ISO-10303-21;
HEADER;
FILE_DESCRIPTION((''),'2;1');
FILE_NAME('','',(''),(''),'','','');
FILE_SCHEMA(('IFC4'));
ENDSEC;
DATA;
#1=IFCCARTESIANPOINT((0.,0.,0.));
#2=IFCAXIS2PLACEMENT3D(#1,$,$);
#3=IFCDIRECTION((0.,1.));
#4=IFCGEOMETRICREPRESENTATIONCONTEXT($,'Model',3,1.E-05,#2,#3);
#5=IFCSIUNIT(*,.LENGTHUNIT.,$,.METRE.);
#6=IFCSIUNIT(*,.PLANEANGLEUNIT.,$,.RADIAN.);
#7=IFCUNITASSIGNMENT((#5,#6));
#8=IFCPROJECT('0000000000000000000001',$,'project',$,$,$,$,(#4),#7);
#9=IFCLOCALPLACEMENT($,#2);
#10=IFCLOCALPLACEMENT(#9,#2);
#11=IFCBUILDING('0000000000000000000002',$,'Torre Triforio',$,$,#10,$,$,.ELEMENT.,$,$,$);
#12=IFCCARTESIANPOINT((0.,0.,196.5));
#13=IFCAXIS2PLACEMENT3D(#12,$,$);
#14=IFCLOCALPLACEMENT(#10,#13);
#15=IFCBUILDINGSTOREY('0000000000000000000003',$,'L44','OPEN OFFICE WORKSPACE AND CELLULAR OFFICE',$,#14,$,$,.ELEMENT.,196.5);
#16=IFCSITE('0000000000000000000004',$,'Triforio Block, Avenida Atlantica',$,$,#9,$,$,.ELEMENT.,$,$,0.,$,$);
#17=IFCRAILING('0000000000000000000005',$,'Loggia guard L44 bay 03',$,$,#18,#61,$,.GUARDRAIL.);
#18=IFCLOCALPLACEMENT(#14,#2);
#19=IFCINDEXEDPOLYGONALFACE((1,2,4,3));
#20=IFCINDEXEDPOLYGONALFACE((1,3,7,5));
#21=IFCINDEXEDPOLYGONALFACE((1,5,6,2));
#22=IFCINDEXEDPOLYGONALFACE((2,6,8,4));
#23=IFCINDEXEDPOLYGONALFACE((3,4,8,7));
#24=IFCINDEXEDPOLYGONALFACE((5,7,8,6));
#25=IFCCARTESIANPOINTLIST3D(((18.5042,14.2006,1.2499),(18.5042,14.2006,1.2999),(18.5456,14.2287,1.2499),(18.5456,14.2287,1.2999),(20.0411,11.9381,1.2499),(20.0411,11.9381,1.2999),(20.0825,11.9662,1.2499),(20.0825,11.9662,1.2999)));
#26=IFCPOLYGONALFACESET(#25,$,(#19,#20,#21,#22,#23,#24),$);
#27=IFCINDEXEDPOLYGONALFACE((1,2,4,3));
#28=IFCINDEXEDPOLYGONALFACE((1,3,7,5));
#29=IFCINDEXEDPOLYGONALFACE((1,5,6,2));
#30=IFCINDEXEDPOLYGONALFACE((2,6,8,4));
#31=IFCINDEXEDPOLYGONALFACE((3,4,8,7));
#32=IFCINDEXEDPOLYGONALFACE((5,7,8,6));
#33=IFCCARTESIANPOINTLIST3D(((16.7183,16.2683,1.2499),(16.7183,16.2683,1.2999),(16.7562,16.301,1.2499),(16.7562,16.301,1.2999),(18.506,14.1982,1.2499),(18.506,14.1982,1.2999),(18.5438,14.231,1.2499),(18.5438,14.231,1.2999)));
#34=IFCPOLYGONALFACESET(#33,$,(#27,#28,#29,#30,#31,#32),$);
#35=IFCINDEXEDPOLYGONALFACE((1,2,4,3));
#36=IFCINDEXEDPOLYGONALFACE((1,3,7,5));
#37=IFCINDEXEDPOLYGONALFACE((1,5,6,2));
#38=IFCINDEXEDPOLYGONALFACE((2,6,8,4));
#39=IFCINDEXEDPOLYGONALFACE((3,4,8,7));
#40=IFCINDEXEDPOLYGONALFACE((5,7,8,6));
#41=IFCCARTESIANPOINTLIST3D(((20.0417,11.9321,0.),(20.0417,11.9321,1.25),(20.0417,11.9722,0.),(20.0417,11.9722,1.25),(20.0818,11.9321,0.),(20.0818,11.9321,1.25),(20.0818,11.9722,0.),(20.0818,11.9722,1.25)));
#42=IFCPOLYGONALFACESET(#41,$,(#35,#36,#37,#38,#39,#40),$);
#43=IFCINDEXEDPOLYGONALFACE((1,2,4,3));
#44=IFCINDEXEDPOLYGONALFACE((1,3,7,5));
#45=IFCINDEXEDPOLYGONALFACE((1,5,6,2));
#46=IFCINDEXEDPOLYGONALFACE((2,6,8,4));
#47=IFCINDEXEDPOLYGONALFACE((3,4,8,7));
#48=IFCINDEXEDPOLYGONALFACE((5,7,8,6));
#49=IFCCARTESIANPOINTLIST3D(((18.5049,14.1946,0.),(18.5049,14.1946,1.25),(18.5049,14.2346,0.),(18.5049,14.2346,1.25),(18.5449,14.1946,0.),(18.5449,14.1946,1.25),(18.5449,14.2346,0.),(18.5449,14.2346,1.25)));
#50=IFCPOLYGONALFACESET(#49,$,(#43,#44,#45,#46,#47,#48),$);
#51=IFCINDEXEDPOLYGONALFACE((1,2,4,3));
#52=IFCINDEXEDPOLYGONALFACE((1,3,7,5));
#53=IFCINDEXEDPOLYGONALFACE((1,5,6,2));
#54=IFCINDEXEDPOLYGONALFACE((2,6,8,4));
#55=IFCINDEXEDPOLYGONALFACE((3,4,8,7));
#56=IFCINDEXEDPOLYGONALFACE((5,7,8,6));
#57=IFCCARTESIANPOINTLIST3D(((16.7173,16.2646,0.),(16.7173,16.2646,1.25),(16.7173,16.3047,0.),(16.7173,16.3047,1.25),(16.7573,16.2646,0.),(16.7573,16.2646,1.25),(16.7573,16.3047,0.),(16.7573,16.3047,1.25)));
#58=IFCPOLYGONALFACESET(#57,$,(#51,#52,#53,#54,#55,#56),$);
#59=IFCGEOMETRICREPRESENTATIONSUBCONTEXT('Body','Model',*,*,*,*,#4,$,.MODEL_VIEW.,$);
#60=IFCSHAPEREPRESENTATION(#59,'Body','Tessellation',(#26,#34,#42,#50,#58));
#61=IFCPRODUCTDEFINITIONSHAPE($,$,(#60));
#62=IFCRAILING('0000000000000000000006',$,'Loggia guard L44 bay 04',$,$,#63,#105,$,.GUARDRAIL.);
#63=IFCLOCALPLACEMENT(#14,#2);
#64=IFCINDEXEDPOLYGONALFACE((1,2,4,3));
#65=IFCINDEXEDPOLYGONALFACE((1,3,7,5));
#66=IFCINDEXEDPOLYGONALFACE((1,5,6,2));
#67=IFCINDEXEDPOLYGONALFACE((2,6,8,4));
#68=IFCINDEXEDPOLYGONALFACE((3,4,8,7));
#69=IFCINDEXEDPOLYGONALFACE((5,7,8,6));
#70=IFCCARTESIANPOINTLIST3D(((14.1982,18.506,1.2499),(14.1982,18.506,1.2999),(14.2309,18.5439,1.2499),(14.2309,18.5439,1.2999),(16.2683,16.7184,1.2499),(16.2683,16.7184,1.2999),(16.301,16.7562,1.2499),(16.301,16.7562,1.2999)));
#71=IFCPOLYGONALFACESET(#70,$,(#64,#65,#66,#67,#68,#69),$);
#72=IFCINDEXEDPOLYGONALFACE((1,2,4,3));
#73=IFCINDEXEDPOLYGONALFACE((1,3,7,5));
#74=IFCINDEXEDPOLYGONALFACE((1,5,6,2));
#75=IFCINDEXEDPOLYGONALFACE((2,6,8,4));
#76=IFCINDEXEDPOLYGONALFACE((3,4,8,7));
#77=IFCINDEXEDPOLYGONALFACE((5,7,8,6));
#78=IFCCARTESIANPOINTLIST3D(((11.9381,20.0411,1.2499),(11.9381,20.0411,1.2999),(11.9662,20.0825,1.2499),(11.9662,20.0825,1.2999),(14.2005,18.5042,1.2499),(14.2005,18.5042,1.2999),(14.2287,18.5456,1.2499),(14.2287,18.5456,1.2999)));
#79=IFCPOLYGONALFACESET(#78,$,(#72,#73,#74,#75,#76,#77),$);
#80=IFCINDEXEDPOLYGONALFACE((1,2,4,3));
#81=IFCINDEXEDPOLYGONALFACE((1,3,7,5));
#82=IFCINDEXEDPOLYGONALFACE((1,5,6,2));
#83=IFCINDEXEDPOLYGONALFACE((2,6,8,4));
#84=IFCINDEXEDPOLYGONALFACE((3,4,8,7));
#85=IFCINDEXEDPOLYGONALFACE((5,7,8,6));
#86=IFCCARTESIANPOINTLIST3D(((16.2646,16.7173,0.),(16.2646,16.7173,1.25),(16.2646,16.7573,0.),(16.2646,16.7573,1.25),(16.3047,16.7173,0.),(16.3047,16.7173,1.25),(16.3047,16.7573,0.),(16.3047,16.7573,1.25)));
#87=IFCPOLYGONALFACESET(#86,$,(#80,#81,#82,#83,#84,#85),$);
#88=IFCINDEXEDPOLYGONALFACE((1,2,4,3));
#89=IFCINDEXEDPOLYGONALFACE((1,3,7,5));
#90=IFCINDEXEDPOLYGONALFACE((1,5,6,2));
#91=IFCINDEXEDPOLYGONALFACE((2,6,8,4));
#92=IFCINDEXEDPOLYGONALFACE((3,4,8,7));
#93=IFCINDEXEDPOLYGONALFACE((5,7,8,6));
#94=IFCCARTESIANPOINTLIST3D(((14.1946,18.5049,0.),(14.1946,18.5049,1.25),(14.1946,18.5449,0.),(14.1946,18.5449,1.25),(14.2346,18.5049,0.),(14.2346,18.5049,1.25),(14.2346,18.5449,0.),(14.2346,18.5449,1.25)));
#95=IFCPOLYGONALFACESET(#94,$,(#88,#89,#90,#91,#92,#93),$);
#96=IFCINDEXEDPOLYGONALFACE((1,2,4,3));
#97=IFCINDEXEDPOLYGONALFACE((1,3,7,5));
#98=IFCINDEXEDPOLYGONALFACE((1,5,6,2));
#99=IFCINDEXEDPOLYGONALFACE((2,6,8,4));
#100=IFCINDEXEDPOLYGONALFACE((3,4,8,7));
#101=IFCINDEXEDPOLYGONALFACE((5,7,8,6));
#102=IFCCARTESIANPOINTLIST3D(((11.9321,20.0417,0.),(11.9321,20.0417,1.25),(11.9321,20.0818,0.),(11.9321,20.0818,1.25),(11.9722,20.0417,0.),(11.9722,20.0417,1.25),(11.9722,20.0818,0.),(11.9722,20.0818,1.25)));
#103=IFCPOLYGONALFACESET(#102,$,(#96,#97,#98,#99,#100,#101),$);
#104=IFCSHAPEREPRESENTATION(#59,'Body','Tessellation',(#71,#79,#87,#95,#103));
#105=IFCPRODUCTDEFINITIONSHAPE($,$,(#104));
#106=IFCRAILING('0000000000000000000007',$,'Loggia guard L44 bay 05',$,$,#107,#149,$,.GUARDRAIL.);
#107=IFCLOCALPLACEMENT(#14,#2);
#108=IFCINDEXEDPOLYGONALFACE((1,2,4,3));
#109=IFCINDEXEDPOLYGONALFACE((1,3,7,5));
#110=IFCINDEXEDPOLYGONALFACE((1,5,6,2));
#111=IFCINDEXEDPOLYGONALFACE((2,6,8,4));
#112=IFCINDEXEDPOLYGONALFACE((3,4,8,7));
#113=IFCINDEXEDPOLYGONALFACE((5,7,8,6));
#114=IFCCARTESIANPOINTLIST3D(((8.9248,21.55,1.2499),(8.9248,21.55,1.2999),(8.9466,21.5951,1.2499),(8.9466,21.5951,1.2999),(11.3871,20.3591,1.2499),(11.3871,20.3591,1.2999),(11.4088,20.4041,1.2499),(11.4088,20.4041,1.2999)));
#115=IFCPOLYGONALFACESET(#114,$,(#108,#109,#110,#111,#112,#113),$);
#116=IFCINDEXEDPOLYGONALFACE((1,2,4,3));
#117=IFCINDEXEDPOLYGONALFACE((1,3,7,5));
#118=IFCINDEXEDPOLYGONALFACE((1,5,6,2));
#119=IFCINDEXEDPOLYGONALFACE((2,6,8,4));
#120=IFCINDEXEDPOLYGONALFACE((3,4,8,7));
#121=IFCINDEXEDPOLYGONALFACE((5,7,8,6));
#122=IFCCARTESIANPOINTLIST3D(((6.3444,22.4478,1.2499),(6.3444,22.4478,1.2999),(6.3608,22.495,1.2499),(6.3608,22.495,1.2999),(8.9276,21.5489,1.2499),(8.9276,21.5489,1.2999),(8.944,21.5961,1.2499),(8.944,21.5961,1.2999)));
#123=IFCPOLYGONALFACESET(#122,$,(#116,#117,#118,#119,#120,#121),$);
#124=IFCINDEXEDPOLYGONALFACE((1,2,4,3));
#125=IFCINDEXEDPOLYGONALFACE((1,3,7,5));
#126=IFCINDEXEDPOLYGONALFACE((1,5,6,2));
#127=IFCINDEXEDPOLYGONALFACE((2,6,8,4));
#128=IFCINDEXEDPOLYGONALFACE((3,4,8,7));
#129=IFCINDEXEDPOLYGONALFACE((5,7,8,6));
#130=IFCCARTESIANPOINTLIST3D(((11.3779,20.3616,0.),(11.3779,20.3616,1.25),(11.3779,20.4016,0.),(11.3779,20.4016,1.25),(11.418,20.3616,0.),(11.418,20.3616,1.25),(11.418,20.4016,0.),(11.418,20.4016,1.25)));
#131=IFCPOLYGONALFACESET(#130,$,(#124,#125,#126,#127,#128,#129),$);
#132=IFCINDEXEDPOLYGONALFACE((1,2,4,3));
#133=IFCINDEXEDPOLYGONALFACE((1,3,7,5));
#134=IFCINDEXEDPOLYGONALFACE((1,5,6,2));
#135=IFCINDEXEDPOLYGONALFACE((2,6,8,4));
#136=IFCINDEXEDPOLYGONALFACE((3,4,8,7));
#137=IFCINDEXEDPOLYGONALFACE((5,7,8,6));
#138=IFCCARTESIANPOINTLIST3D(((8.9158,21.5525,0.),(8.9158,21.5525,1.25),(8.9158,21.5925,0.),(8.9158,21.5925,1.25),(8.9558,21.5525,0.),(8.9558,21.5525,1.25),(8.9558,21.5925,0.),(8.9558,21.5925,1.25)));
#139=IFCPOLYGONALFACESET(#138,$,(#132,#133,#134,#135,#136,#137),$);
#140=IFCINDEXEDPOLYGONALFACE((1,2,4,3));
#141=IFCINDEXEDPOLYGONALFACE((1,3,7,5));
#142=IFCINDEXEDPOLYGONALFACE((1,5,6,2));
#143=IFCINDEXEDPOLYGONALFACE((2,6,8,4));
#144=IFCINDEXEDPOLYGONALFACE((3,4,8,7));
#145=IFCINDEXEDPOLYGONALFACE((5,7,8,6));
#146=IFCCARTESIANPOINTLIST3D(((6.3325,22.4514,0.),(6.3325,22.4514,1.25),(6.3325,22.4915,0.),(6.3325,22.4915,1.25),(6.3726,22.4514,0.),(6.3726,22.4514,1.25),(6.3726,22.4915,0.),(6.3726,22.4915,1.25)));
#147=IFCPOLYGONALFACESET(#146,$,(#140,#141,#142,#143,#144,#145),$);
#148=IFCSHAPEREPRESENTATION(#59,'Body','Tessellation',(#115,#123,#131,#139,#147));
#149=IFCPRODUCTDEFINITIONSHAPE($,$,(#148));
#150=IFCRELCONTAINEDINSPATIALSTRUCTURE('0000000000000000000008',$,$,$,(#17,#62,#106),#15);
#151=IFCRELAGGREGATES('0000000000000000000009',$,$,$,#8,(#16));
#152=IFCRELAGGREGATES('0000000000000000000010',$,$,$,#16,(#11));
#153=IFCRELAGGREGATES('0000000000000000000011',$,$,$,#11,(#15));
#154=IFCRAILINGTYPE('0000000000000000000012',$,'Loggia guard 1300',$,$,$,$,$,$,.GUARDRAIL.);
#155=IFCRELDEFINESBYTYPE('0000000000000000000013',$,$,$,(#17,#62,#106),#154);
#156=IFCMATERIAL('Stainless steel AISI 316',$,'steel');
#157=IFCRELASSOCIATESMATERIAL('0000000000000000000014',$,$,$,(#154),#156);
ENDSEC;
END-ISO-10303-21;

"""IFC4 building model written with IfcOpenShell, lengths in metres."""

from ifc_helpers import new_model, si_unit, direction, frame, origin, origin_2d, place, context, subcontext, project, spatial, rectangle, extrude, material, type_object, element, save


model = new_model("IFC4")

# Units and contexts
model_context = context("Model", 3, precision=1e-05, world=origin(), true_north=direction((0.0, 1.0)))
body_context = subcontext(model_context, "Body", "Model", "MODEL_VIEW")
ifc_project = project(units=[si_unit("LENGTHUNIT", "METRE"), si_unit("PLANEANGLEUNIT", "RADIAN")], contexts=[model_context])

# Site, building, storey
site_placement = place(None, origin())
site = spatial("IfcSite", under=ifc_project, at=site_placement, Name="Triforio Block, Avenida Atlantica", CompositionType="ELEMENT", RefElevation=0.0)
building_placement = place(site_placement, origin())
building = spatial("IfcBuilding", under=site, at=building_placement, Name="Torre Triforio", CompositionType="ELEMENT")
storey_placement = place(building_placement, frame((0.0, 0.0, 196.5)))
storey = spatial("IfcBuildingStorey", under=building, at=storey_placement, Name="L44", Description="OPEN OFFICE WORKSPACE AND CELLULAR OFFICE", CompositionType="ELEMENT", Elevation=196.5)

# Railings
ifc_material_1 = material(Name="Stainless steel AISI 316", Category="steel")
railing_type = type_object("IfcRailingType", Name="Loggia guard 1300", PredefinedType="GUARDRAIL", material=ifc_material_1)
railing_1_placement = place(storey_placement, frame((20.0618, 11.9521, 0.0)))
element("IfcRailing", 1, at=railing_1_placement, inside=storey, type_object=railing_type, Name="Loggia guard L44 bay 03", PredefinedType="GUARDRAIL", context=body_context, shape_type="SweptSolid", body=[
    extrude(rectangle(XDim=0.05, YDim=0.05, at=origin_2d()), frame((0.0, 0.0, 1.2749), z_axis=(-0.56191, 0.827199, 0.0), x_axis=(-0.827199, -0.56191, 0.0)), (0.0, 0.0, 1.0), 2.7351),
    extrude(rectangle(XDim=0.05, YDim=0.05, at=origin_2d()), frame((-1.5369, 2.2625, 1.2749), z_axis=(-0.65358, 0.756857, 0.0), x_axis=(-0.756857, -0.65358, 0.0)), (0.0, 0.0, 1.0), 2.7351),
    extrude(rectangle(XDim=0.04, YDim=0.04, at=origin_2d()), origin(), (0.0, 0.0, 1.0), 1.25),
    extrude(rectangle(XDim=0.04, YDim=0.04, at=origin_2d()), frame((-1.5369, 2.2625, 0.0)), (0.0, 0.0, 1.0), 1.25),
    extrude(rectangle(XDim=0.04, YDim=0.04, at=origin_2d()), frame((-3.3245, 4.3325, 0.0)), (0.0, 0.0, 1.0), 1.25),
])
railing_2_placement = place(storey_placement, frame((16.2847, 16.7373, 0.0)))
element("IfcRailing", 2, at=railing_2_placement, inside=storey, type_object=railing_type, Name="Loggia guard L44 bay 04", PredefinedType="GUARDRAIL", context=body_context, shape_type="SweptSolid", body=[
    extrude(rectangle(XDim=0.05, YDim=0.05, at=origin_2d()), frame((0.0, 0.0, 1.2749), z_axis=(-0.756857, 0.65358, 0.0), x_axis=(-0.65358, -0.756857, 0.0)), (0.0, 0.0, 1.0), 2.7351),
    extrude(rectangle(XDim=0.05, YDim=0.05, at=origin_2d()), frame((-2.0701, 1.7876, 1.2749), z_axis=(-0.827199, 0.56191, 0.0), x_axis=(-0.56191, -0.827199, 0.0)), (0.0, 0.0, 1.0), 2.7351),
    extrude(rectangle(XDim=0.04, YDim=0.04, at=origin_2d()), origin(), (0.0, 0.0, 1.0), 1.25),
    extrude(rectangle(XDim=0.04, YDim=0.04, at=origin_2d()), frame((-2.0701, 1.7876, 0.0)), (0.0, 0.0, 1.0), 1.25),
    extrude(rectangle(XDim=0.04, YDim=0.04, at=origin_2d()), frame((-4.3325, 3.3245, 0.0)), (0.0, 0.0, 1.0), 1.25),
])
railing_3_placement = place(storey_placement, frame((11.3979, 20.3816, 0.0)))
element("IfcRailing", 3, at=railing_3_placement, inside=storey, type_object=railing_type, Name="Loggia guard L44 bay 05", PredefinedType="GUARDRAIL", context=body_context, shape_type="SweptSolid", body=[
    extrude(rectangle(XDim=0.05, YDim=0.05, at=origin_2d()), frame((0.0, 0.0, 1.2749), z_axis=(-0.900224, 0.435428, 0.0), x_axis=(-0.435428, -0.900224, 0.0)), (0.0, 0.0, 1.0), 2.7351),
    extrude(rectangle(XDim=0.05, YDim=0.05, at=origin_2d()), frame((-2.4622, 1.1909, 1.2749), z_axis=(-0.944451, 0.328652, 0.0), x_axis=(-0.328652, -0.944451, 0.0)), (0.0, 0.0, 1.0), 2.7351),
    extrude(rectangle(XDim=0.04, YDim=0.04, at=origin_2d()), origin(), (0.0, 0.0, 1.0), 1.25),
    extrude(rectangle(XDim=0.04, YDim=0.04, at=origin_2d()), frame((-2.4622, 1.1909, 0.0)), (0.0, 0.0, 1.0), 1.25),
    extrude(rectangle(XDim=0.04, YDim=0.04, at=origin_2d()), frame((-5.0454, 2.0898, 0.0)), (0.0, 0.0, 1.0), 1.25),
])

save(model, "model.ifc")
